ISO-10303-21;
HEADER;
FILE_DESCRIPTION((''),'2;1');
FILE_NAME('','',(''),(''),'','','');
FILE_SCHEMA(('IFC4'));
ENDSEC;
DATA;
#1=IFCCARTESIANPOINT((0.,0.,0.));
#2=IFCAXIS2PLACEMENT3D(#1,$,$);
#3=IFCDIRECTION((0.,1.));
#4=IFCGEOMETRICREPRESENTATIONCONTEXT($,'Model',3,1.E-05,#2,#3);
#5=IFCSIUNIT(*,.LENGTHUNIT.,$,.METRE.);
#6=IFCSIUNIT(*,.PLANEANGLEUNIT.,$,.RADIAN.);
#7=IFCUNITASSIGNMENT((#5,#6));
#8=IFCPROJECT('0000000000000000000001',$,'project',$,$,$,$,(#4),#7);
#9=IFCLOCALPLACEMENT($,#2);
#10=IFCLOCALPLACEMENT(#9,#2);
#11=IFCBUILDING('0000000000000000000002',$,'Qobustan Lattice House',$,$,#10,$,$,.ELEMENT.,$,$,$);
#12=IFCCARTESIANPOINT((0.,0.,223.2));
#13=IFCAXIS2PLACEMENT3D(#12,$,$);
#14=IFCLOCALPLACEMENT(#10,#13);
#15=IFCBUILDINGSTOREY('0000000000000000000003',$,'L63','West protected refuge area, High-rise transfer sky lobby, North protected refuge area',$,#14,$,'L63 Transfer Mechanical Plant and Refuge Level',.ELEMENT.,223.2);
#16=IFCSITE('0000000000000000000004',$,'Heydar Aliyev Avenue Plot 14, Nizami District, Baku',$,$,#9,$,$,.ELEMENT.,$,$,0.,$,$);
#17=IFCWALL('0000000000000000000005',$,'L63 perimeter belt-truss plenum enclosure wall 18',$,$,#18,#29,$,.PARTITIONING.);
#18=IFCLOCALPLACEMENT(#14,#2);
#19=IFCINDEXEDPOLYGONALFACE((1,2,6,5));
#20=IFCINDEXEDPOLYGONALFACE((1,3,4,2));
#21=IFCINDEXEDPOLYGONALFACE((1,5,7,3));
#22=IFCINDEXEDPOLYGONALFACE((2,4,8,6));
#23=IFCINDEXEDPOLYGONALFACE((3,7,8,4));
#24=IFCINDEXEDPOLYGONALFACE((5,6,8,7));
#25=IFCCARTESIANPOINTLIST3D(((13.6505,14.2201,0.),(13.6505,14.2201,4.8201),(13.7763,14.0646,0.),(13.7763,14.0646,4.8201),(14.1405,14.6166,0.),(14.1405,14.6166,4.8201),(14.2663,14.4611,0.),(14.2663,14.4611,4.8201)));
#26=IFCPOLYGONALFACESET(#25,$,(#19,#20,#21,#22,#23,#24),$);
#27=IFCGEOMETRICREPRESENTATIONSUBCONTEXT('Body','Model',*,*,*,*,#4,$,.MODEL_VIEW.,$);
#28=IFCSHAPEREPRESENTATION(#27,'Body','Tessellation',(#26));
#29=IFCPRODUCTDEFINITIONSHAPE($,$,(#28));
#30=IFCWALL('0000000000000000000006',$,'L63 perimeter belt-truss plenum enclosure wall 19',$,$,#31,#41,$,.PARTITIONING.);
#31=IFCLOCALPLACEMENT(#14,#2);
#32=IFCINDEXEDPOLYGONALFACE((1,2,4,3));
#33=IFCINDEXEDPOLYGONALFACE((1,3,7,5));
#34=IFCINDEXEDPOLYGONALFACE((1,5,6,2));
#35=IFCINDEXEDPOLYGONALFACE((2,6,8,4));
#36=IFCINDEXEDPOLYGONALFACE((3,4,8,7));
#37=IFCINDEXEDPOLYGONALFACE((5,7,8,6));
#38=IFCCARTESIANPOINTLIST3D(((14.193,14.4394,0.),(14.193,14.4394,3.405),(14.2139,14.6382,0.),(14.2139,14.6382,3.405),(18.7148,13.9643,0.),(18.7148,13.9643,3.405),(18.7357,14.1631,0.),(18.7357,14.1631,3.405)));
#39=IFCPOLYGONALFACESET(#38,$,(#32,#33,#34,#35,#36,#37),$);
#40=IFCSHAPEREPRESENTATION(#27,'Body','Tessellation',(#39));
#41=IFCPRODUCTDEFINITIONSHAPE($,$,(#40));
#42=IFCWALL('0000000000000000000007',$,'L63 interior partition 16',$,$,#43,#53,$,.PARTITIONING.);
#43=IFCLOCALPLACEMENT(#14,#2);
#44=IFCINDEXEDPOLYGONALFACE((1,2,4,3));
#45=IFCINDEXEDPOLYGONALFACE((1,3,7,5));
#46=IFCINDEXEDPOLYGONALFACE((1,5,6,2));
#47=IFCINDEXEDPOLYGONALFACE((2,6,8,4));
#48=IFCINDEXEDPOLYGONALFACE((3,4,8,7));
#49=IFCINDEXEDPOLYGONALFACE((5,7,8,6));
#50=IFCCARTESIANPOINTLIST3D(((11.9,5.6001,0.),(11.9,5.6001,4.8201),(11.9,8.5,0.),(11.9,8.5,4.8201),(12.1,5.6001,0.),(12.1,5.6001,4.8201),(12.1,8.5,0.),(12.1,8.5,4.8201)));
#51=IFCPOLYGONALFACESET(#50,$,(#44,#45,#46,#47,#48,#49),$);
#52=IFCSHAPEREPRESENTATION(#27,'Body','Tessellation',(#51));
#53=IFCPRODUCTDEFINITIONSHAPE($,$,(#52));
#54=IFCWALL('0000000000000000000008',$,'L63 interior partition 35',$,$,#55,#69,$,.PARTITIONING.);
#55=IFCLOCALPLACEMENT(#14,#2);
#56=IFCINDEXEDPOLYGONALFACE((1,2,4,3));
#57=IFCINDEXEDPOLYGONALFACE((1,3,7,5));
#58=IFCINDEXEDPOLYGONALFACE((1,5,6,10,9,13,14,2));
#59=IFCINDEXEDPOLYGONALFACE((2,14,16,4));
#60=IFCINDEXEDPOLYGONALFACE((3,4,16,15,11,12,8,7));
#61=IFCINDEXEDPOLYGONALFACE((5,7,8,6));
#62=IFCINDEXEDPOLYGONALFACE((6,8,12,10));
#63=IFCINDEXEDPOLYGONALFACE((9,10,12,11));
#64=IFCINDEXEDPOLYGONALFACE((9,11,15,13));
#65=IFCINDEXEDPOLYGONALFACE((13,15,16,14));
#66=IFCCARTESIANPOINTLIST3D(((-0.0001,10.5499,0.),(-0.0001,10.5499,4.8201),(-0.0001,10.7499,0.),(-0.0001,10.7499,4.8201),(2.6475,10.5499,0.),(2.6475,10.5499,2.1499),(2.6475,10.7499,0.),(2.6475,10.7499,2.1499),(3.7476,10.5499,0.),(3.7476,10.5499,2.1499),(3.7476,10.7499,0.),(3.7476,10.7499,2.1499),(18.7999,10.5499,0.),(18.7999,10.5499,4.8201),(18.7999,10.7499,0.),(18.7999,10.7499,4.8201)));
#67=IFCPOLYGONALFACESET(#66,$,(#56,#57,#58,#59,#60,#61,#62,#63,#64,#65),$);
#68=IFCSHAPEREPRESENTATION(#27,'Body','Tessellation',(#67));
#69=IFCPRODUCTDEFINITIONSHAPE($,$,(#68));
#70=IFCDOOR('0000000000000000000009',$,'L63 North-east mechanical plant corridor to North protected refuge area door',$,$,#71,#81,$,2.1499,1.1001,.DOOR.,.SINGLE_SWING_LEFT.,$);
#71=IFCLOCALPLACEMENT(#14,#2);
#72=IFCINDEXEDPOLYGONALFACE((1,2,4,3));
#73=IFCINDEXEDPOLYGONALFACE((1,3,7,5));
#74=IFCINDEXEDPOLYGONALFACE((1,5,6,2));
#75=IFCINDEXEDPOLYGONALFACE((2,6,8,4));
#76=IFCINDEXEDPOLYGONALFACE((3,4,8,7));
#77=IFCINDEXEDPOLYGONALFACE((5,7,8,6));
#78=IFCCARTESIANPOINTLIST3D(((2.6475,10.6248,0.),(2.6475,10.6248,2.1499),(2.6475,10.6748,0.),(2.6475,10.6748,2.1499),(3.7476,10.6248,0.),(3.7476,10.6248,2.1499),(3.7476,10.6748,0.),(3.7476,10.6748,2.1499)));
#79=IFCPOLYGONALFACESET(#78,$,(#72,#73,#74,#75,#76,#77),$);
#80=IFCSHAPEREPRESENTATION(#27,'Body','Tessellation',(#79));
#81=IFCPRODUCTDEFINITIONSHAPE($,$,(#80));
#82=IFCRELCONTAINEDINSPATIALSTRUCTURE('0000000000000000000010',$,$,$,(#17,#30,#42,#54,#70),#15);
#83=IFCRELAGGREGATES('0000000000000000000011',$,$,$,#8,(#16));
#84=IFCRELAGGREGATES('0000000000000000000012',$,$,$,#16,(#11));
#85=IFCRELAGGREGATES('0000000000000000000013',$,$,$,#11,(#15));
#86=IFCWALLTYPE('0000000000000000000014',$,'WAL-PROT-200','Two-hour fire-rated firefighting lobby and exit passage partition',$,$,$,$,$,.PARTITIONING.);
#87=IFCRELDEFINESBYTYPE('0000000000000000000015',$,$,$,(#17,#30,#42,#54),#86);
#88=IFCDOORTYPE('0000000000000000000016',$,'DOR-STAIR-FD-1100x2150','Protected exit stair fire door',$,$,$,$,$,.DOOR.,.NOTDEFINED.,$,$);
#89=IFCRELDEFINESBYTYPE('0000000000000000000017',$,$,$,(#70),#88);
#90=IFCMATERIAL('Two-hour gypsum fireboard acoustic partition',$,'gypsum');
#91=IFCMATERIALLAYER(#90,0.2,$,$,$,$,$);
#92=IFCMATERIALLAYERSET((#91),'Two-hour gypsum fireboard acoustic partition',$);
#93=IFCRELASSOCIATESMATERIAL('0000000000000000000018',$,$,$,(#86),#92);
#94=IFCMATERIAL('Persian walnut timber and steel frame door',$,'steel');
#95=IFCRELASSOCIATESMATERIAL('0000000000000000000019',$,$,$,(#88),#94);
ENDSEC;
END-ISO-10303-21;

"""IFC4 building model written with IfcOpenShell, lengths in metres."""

from ifc_helpers import new_model, si_unit, direction, frame, frame_2d, origin, place, context, subcontext, project, spatial, rectangle, extrude, material, layer, layer_set, type_object, element, fill, save


model = new_model("IFC4")

# Units and contexts
model_context = context("Model", 3, precision=1e-05, world=origin(), true_north=direction((0.0, 1.0)))
body_context = subcontext(model_context, "Body", "Model", "MODEL_VIEW")
ifc_project = project(units=[si_unit("LENGTHUNIT", "METRE"), si_unit("PLANEANGLEUNIT", "RADIAN")], contexts=[model_context])

# Site, building, storey
site_placement = place(None, origin())
site = spatial("IfcSite", under=ifc_project, at=site_placement, Name="Heydar Aliyev Avenue Plot 14, Nizami District, Baku", CompositionType="ELEMENT", RefElevation=0.0)
building_placement = place(site_placement, origin())
building = spatial("IfcBuilding", under=site, at=building_placement, Name="Qobustan Lattice House", CompositionType="ELEMENT")
storey_placement = place(building_placement, frame((0.0, 0.0, 223.2)))
storey = spatial("IfcBuildingStorey", under=building, at=storey_placement, Name="L63", Description="West protected refuge area, High-rise transfer sky lobby, North protected refuge area", LongName="L63 Transfer Mechanical Plant and Refuge Level", CompositionType="ELEMENT", Elevation=223.2)

# Walls
ifc_material_1 = material(Name="Two-hour gypsum fireboard acoustic partition", Category="gypsum")
ifc_layer_1 = layer(ifc_material_1, 0.2)
ifc_layer_set_1 = layer_set([ifc_layer_1], Name="Two-hour gypsum fireboard acoustic partition")
wall_type_1 = type_object("IfcWallType", Name="WAL-PROT-200", Description="Two-hour fire-rated firefighting lobby and exit passage partition", PredefinedType="PARTITIONING", material=ifc_layer_set_1)
wall_1_placement = place(storey_placement, frame((13.7134, 14.1423, 0.0), z_axis=(0.0, 0.0, 1.0), x_axis=(0.77738, 0.629031, 0.0)))
element("IfcWall", 1, at=wall_1_placement, inside=storey, type_object=wall_type_1, Name="L63 perimeter belt-truss plenum enclosure wall 18", PredefinedType="PARTITIONING", context=body_context, shape_type="SweptSolid", body=[
    extrude(rectangle(XDim=0.6304, YDim=0.2, at=frame_2d((0.3152, 0.0))), origin(), (0.0, 0.0, 1.0), 4.8201),
])
wall_2_placement = place(storey_placement, frame((14.2034, 14.5388, 0.0), z_axis=(0.0, 0.0, 1.0), x_axis=(0.994525, -0.104495, 0.0)))
element("IfcWall", 2, at=wall_2_placement, inside=storey, type_object=wall_type_1, Name="L63 perimeter belt-truss plenum enclosure wall 19", PredefinedType="PARTITIONING", context=body_context, shape_type="SweptSolid", body=[
    extrude(rectangle(XDim=4.5466, YDim=0.2, at=frame_2d((2.2734, 0.0))), origin(), (0.0, 0.0, 1.0), 3.405),
])
wall_3_placement = place(storey_placement, frame((12.0, 8.5, 0.0), z_axis=(0.0, 0.0, 1.0), x_axis=(0.0, -1.0, 0.0)))
element("IfcWall", 3, at=wall_3_placement, inside=storey, type_object=wall_type_1, Name="L63 interior partition 16", PredefinedType="PARTITIONING", context=body_context, shape_type="SweptSolid", body=[
    extrude(rectangle(XDim=2.8999, YDim=0.2, at=frame_2d((1.45, 0.0))), origin(), (0.0, 0.0, 1.0), 4.8201),
])

# Wall, opening, door
wall_4_placement = place(storey_placement, frame((0.0, 10.6499, 0.0), z_axis=(0.0, 0.0, 1.0), x_axis=(1.0, 0.0, 0.0)))
wall_4 = element("IfcWall", 4, at=wall_4_placement, inside=storey, type_object=wall_type_1, Name="L63 interior partition 35", PredefinedType="PARTITIONING", context=body_context, shape_type="SweptSolid", body=[
    extrude(rectangle(XDim=18.8, YDim=0.2, at=frame_2d((9.3999, 0.0))), origin(), (0.0, 0.0, 1.0), 4.8201),
])
opening_placement = place(wall_4_placement, frame((2.6475, 0.0, 0.0)))
opening = element("IfcOpeningElement", 5, at=opening_placement, cuts=wall_4, PredefinedType="OPENING", context=body_context, shape_type="SweptSolid", body=[
    extrude(rectangle(XDim=1.1001, YDim=2.1499, at=frame_2d((0.55, 1.075))), frame((0.0, 0.1099, 0.0), z_axis=(0.0, -1.0, 0.0), x_axis=(1.0, 0.0, 0.0)), (0.0, 0.0, 1.0), 0.22),
])
ifc_material_2 = material(Name="Persian walnut timber and steel frame door", Category="steel")
door_type = type_object("IfcDoorType", Name="DOR-STAIR-FD-1100x2150", Description="Protected exit stair fire door", OperationType="NOTDEFINED", PredefinedType="DOOR", material=ifc_material_2)
door_placement = place(opening_placement, origin())
door = element("IfcDoor", 6, at=door_placement, inside=storey, type_object=door_type, Name="L63 North-east mechanical plant corridor to North protected refuge area door", OperationType="SINGLE_SWING_LEFT", OverallHeight=2.1499, OverallWidth=1.1001, PredefinedType="DOOR", context=body_context, shape_type="SweptSolid", body=[
    extrude(rectangle(XDim=1.1001, YDim=2.1499, at=frame_2d((0.55, 1.075))), frame((0.0, 0.0249, 0.0), z_axis=(0.0, -1.0, 0.0), x_axis=(1.0, 0.0, 0.0)), (0.0, 0.0, 1.0), 0.05),
])
fill(opening, door)

save(model, "model.ifc")
